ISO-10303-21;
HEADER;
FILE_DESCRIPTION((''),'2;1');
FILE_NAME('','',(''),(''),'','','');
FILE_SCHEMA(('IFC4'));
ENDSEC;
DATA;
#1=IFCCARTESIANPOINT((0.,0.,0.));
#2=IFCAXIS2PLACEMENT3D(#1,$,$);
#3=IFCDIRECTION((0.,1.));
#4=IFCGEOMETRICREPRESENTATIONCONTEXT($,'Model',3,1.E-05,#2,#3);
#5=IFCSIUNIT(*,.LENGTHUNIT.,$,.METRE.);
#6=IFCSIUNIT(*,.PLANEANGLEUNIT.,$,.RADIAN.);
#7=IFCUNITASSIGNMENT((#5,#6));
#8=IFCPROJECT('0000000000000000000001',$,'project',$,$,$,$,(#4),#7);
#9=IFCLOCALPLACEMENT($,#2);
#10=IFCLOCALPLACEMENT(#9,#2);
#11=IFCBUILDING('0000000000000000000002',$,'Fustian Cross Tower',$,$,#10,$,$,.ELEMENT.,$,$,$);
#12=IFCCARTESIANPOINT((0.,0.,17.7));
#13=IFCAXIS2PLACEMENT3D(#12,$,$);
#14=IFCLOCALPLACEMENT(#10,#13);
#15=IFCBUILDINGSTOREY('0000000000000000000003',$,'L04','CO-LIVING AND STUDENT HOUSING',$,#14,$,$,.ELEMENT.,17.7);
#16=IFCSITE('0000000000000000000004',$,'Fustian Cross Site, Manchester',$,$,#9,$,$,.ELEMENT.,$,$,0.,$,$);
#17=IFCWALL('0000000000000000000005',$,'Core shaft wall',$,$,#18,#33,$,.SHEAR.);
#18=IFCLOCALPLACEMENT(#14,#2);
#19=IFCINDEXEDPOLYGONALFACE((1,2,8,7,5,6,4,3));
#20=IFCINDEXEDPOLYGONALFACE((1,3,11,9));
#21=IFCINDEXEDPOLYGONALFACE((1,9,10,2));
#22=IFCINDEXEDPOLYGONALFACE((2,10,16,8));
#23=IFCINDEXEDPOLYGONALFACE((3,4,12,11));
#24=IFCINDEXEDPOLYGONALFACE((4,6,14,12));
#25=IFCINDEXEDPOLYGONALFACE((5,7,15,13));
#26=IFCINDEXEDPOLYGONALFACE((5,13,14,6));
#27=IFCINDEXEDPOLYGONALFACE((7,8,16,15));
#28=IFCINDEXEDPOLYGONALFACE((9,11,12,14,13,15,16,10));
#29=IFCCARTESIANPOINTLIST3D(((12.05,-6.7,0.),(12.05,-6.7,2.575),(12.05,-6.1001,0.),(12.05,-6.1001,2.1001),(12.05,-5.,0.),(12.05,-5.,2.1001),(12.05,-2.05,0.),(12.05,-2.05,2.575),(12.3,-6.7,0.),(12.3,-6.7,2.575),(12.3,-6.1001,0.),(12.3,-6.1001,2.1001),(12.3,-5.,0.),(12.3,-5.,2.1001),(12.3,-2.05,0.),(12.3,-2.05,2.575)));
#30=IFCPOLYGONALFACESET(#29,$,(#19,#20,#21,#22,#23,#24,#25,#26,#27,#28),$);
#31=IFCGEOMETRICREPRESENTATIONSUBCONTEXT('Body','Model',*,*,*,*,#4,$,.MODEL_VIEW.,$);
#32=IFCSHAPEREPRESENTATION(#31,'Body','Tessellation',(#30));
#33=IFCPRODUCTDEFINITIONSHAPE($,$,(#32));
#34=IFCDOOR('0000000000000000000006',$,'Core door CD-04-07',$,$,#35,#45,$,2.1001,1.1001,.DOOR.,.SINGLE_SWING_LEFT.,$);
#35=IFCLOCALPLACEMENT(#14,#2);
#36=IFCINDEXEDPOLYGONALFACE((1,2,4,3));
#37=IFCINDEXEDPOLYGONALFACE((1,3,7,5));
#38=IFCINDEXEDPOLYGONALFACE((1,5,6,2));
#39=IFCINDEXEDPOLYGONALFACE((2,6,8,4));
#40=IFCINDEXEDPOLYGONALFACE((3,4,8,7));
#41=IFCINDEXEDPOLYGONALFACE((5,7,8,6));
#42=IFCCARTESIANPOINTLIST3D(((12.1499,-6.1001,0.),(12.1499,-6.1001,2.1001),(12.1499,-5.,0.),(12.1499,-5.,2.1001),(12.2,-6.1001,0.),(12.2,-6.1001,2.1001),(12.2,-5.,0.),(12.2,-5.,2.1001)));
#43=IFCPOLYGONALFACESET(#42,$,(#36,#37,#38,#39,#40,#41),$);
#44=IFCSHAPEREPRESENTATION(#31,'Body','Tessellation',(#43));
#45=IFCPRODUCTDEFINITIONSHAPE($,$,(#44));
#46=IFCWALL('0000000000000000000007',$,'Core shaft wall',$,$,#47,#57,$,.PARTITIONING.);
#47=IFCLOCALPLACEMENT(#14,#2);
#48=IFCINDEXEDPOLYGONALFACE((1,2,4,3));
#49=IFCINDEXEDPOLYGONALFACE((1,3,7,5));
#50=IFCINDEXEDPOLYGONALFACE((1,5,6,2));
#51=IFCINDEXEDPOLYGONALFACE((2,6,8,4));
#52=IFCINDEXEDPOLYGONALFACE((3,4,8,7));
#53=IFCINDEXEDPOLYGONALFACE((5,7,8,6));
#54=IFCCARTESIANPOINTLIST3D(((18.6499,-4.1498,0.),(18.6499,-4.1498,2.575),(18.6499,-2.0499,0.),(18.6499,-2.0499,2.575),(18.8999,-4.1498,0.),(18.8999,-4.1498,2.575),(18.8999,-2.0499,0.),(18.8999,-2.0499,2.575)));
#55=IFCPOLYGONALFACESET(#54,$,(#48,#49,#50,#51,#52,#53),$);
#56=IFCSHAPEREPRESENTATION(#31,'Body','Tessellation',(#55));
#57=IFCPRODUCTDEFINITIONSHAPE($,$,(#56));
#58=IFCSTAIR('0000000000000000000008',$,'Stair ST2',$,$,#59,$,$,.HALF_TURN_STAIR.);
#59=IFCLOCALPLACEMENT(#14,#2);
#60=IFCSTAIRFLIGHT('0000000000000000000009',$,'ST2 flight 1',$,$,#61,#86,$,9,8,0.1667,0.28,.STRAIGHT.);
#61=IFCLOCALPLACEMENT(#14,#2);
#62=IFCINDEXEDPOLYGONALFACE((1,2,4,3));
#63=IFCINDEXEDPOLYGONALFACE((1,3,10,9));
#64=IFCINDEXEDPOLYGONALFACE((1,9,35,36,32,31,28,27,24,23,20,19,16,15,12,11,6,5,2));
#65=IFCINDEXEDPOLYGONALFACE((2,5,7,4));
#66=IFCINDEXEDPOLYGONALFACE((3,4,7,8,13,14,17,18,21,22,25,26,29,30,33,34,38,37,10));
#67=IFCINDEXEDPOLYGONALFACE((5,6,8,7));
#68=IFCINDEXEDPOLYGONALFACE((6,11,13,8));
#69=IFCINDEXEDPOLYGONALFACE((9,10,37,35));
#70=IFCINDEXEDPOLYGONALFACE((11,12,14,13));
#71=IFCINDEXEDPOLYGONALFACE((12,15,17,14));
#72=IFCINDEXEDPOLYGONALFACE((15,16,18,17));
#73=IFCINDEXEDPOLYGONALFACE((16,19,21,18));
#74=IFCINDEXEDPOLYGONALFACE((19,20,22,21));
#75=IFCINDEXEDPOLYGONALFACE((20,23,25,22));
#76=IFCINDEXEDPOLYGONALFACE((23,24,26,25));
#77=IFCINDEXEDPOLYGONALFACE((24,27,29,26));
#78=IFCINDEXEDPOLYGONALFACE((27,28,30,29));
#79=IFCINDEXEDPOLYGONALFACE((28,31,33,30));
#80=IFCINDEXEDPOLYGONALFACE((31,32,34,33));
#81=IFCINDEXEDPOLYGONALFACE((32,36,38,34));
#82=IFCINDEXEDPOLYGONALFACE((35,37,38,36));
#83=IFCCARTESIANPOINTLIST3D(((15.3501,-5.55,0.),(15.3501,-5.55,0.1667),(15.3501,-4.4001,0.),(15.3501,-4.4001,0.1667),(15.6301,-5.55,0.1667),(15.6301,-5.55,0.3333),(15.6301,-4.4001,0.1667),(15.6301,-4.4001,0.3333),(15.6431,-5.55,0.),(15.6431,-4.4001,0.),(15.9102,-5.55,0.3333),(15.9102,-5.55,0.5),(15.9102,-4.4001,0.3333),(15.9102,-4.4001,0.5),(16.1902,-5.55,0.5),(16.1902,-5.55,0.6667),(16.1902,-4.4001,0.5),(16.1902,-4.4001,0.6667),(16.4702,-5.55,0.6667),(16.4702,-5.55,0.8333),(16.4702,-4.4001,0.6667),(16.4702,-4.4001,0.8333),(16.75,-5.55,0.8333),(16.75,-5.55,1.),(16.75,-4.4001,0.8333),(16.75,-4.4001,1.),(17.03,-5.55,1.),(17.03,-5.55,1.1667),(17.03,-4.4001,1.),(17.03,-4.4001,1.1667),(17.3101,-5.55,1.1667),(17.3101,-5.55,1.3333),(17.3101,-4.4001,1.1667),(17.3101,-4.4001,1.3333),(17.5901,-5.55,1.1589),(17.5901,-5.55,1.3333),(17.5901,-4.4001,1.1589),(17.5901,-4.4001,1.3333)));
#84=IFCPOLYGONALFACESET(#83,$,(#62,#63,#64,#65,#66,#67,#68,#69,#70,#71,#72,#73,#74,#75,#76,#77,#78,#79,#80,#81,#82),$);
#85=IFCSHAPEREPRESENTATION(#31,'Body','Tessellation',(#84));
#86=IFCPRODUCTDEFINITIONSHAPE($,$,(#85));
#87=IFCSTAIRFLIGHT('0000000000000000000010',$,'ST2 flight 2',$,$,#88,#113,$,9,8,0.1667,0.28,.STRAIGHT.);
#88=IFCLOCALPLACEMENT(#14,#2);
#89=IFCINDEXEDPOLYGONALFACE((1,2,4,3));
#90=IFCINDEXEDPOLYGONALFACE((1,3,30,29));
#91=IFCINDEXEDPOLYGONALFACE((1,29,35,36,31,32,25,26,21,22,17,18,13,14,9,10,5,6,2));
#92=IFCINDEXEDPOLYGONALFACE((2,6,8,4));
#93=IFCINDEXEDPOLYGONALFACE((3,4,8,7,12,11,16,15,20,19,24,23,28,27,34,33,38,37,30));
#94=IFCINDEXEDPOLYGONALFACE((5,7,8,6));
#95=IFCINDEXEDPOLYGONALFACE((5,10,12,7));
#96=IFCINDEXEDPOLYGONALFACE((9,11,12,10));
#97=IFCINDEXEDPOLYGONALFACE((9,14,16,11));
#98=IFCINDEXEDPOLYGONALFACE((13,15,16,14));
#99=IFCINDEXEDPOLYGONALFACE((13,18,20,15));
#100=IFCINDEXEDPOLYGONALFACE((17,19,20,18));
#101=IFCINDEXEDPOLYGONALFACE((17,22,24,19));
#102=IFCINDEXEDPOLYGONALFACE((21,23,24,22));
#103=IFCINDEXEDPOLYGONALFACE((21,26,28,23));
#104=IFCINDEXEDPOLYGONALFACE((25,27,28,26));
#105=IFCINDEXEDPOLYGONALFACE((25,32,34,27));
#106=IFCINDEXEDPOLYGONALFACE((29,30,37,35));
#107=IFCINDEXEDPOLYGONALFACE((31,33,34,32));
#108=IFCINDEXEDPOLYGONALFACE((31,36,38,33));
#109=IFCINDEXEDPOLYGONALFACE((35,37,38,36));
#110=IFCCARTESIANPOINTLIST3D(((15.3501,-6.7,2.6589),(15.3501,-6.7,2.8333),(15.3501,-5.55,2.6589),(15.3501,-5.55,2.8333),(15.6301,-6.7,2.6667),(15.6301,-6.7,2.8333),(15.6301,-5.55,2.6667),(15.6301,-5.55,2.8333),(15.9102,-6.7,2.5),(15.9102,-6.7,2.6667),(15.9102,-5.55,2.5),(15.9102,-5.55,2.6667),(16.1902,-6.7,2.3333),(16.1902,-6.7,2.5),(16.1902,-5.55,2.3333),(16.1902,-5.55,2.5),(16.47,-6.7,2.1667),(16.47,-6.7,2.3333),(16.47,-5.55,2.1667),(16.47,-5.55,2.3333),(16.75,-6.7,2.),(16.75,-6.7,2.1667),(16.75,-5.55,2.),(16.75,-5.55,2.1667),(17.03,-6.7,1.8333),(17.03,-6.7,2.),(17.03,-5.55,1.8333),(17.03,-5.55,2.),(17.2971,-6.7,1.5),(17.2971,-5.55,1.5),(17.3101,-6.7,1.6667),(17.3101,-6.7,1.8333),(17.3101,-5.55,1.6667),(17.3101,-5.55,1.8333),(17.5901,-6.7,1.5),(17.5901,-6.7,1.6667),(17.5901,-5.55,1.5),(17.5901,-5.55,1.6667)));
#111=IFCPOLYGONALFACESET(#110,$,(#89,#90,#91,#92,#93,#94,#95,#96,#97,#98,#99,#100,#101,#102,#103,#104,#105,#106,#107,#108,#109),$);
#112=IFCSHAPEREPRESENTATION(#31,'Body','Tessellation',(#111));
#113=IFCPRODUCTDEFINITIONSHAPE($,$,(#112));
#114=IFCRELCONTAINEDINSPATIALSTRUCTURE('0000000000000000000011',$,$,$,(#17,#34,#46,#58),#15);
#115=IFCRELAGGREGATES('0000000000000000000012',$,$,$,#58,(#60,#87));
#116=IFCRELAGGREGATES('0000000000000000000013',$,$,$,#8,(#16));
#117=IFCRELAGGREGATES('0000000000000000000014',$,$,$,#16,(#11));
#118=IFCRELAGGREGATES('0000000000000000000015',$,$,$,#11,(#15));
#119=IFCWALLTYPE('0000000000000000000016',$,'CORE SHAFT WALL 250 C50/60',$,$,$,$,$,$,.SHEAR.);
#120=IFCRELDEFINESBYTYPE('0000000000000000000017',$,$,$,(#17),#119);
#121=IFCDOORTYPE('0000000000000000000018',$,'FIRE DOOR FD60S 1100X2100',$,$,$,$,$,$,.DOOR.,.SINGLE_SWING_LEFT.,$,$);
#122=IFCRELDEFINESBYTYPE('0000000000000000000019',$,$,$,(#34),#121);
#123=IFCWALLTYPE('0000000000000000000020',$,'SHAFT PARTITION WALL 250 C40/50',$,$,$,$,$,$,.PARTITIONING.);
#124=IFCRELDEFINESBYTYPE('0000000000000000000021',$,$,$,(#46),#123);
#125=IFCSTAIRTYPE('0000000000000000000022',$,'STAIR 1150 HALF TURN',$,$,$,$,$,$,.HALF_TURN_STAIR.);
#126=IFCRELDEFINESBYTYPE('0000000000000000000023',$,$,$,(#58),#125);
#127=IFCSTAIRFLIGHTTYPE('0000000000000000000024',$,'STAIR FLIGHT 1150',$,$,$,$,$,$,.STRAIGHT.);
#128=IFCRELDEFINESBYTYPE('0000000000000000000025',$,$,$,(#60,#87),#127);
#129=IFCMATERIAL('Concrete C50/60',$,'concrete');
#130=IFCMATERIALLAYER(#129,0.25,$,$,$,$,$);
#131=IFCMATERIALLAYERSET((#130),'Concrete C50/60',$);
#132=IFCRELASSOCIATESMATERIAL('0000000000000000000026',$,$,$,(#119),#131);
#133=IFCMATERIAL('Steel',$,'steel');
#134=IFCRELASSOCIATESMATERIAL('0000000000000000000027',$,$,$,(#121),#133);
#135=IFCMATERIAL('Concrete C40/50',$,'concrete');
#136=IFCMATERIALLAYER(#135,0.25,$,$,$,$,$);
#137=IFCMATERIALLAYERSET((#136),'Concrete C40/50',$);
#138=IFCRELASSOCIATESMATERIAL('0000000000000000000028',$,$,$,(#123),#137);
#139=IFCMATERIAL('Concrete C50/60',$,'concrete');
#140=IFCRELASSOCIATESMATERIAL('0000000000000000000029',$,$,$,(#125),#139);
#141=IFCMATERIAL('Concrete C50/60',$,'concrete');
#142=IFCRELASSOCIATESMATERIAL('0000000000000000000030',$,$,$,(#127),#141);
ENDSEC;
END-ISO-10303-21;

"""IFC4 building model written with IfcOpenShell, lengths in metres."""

from ifc_helpers import new_model, si_unit, direction, frame, frame_2d, origin, place, context, subcontext, project, spatial, polyline, rectangle, outline, extrude, material, layer, layer_set, type_object, element, fill, aggregate, save


model = new_model("IFC4")

# Units and contexts
model_context = context("Model", 3, precision=1e-05, world=origin(), true_north=direction((0.0, 1.0)))
body_context = subcontext(model_context, "Body", "Model", "MODEL_VIEW")
ifc_project = project(units=[si_unit("LENGTHUNIT", "METRE"), si_unit("PLANEANGLEUNIT", "RADIAN")], contexts=[model_context])

# Site, building, storey
site_placement = place(None, origin())
site = spatial("IfcSite", under=ifc_project, at=site_placement, Name="Fustian Cross Site, Manchester", CompositionType="ELEMENT", RefElevation=0.0)
building_placement = place(site_placement, origin())
building = spatial("IfcBuilding", under=site, at=building_placement, Name="Fustian Cross Tower", CompositionType="ELEMENT")
storey_placement = place(building_placement, frame((0.0, 0.0, 17.7)))
storey = spatial("IfcBuildingStorey", under=building, at=storey_placement, Name="L04", Description="CO-LIVING AND STUDENT HOUSING", CompositionType="ELEMENT", Elevation=17.7)

# Shared definitions
ifc_material_1 = material(Name="Concrete C50/60", Category="concrete")
ifc_layer_1 = layer(ifc_material_1, 0.25)
ifc_layer_set_1 = layer_set([ifc_layer_1], Name="Concrete C50/60")
wall_type_1 = type_object("IfcWallType", Name="CORE SHAFT WALL 250 C50/60", PredefinedType="SHEAR", material=ifc_layer_set_1)

# Wall, opening, door
wall_1_placement = place(storey_placement, frame((12.175, -2.05, 0.0), z_axis=(0.0, 0.0, 1.0), x_axis=(0.0, -1.0, 0.0)))
wall_1 = element("IfcWall", 1, at=wall_1_placement, inside=storey, type_object=wall_type_1, Name="Core shaft wall", PredefinedType="SHEAR", context=body_context, shape_type="SweptSolid", body=[
    extrude(rectangle(XDim=4.6499, YDim=0.25, at=frame_2d((2.325, 0.0))), origin(), (0.0, 0.0, 1.0), 2.575),
])
opening_1_placement = place(wall_1_placement, frame((2.95, 0.0, 0.0)))
opening_1 = element("IfcOpeningElement", 2, at=opening_1_placement, cuts=wall_1, PredefinedType="OPENING", context=body_context, shape_type="SweptSolid", body=[
    extrude(rectangle(XDim=1.1001, YDim=2.1001, at=frame_2d((0.55, 1.05))), frame((0.0, 0.135, 0.0), z_axis=(0.0, -1.0, 0.0), x_axis=(1.0, 0.0, 0.0)), (0.0, 0.0, 1.0), 0.27),
])
ifc_material_2 = material(Name="Steel", Category="steel")
door_type_1 = type_object("IfcDoorType", Name="FIRE DOOR FD60S 1100X2100", OperationType="SINGLE_SWING_LEFT", PredefinedType="DOOR", material=ifc_material_2)
door_1_placement = place(opening_1_placement, origin())
door_1 = element("IfcDoor", 3, at=door_1_placement, inside=storey, type_object=door_type_1, Name="Core door CD-04-07", OperationType="SINGLE_SWING_LEFT", OverallHeight=2.1001, OverallWidth=1.1001, PredefinedType="DOOR", context=body_context, shape_type="SweptSolid", body=[
    extrude(rectangle(XDim=1.1001, YDim=2.1001, at=frame_2d((0.55, 1.05))), frame((0.0, 0.0249, 0.0), z_axis=(0.0, -1.0, 0.0), x_axis=(1.0, 0.0, 0.0)), (0.0, 0.0, 1.0), 0.05),
])
fill(opening_1, door_1)

# Wall
ifc_material_3 = material(Name="Concrete C40/50", Category="concrete")
ifc_layer_2 = layer(ifc_material_3, 0.25)
ifc_layer_set_2 = layer_set([ifc_layer_2], Name="Concrete C40/50")
wall_type_2 = type_object("IfcWallType", Name="SHAFT PARTITION WALL 250 C40/50", PredefinedType="PARTITIONING", material=ifc_layer_set_2)
wall_2_placement = place(storey_placement, frame((18.7749, -2.05, 0.0), z_axis=(0.0, 0.0, 1.0), x_axis=(0.0, -1.0, 0.0)))
element("IfcWall", 4, at=wall_2_placement, inside=storey, type_object=wall_type_2, Name="Core shaft wall", PredefinedType="PARTITIONING", context=body_context, shape_type="SweptSolid", body=[
    extrude(rectangle(XDim=2.0999, YDim=0.25, at=frame_2d((1.0498, 0.0))), origin(), (0.0, 0.0, 1.0), 2.575),
])

# Stair, stair flights
ifc_material_4 = material(Name="Concrete C50/60", Category="concrete")
stair_type = type_object("IfcStairType", Name="STAIR 1150 HALF TURN", PredefinedType="HALF_TURN_STAIR", material=ifc_material_4)
stair_placement = place(storey_placement, origin())
stair = element("IfcStair", 5, at=stair_placement, inside=storey, type_object=stair_type, Name="Stair ST2", PredefinedType="HALF_TURN_STAIR")
ifc_material_5 = material(Name="Concrete C50/60", Category="concrete")
stair_flight_type = type_object("IfcStairFlightType", Name="STAIR FLIGHT 1150", PredefinedType="STRAIGHT", material=ifc_material_5)
stair_flight_1_placement = place(storey_placement, frame((15.3501, -4.9751, 0.0), z_axis=(0.0, 0.0, 1.0), x_axis=(1.0, 0.0, 0.0)))
stair_flight_1 = element("IfcStairFlight", 6, at=stair_flight_1_placement, type_object=stair_flight_type, Name="ST2 flight 1", NumberOfRisers=9, NumberOfTreads=8, PredefinedType="STRAIGHT", RiserHeight=0.1667, TreadLength=0.28, context=body_context, shape_type="SweptSolid", body=[
    extrude(outline(polyline([(0.0, 0.0), (0.0, 0.1667), (0.28, 0.1667), (0.28, 0.3333), (0.5601, 0.3333), (0.5601, 0.5), (0.8401, 0.5), (0.8401, 0.6667), (1.1201, 0.6667), (1.1201, 0.8333), (1.3999, 0.8333), (1.3999, 1.0), (1.6799, 1.0), (1.6799, 1.1667), (1.96, 1.1667), (1.96, 1.3333), (2.24, 1.3333), (2.24, 1.5), (2.24, 1.1589), (0.293, 0.0), (0.0, 0.0)])), frame((0.0, 0.575, 0.0), z_axis=(0.0, -1.0, 0.0), x_axis=(1.0, 0.0, 0.0)), (0.0, 0.0, 1.0), 1.1499),
])
stair_flight_2_placement = place(storey_placement, frame((17.5901, -6.125, 1.5), z_axis=(0.0, 0.0, 1.0), x_axis=(-1.0, 0.0, 0.0)))
stair_flight_2 = element("IfcStairFlight", 7, at=stair_flight_2_placement, type_object=stair_flight_type, Name="ST2 flight 2", NumberOfRisers=9, NumberOfTreads=8, PredefinedType="STRAIGHT", RiserHeight=0.1667, TreadLength=0.28, context=body_context, shape_type="SweptSolid", body=[
    extrude(outline(polyline([(0.0, 0.0), (0.0, 0.1667), (0.28, 0.1667), (0.28, 0.3333), (0.5601, 0.3333), (0.5601, 0.5), (0.8401, 0.5), (0.8401, 0.6667), (1.1201, 0.6667), (1.1201, 0.8333), (1.3999, 0.8333), (1.3999, 1.0), (1.6799, 1.0), (1.6799, 1.1667), (1.96, 1.1667), (1.96, 1.3333), (2.24, 1.3333), (2.24, 1.5), (2.24, 1.1589), (0.293, 0.0), (0.0, 0.0)])), frame((0.0, 0.575, 0.0), z_axis=(0.0, -1.0, 0.0), x_axis=(1.0, 0.0, 0.0)), (0.0, 0.0, 1.0), 1.1499),
])
aggregate(stair, [stair_flight_1, stair_flight_2])

save(model, "model.ifc")
